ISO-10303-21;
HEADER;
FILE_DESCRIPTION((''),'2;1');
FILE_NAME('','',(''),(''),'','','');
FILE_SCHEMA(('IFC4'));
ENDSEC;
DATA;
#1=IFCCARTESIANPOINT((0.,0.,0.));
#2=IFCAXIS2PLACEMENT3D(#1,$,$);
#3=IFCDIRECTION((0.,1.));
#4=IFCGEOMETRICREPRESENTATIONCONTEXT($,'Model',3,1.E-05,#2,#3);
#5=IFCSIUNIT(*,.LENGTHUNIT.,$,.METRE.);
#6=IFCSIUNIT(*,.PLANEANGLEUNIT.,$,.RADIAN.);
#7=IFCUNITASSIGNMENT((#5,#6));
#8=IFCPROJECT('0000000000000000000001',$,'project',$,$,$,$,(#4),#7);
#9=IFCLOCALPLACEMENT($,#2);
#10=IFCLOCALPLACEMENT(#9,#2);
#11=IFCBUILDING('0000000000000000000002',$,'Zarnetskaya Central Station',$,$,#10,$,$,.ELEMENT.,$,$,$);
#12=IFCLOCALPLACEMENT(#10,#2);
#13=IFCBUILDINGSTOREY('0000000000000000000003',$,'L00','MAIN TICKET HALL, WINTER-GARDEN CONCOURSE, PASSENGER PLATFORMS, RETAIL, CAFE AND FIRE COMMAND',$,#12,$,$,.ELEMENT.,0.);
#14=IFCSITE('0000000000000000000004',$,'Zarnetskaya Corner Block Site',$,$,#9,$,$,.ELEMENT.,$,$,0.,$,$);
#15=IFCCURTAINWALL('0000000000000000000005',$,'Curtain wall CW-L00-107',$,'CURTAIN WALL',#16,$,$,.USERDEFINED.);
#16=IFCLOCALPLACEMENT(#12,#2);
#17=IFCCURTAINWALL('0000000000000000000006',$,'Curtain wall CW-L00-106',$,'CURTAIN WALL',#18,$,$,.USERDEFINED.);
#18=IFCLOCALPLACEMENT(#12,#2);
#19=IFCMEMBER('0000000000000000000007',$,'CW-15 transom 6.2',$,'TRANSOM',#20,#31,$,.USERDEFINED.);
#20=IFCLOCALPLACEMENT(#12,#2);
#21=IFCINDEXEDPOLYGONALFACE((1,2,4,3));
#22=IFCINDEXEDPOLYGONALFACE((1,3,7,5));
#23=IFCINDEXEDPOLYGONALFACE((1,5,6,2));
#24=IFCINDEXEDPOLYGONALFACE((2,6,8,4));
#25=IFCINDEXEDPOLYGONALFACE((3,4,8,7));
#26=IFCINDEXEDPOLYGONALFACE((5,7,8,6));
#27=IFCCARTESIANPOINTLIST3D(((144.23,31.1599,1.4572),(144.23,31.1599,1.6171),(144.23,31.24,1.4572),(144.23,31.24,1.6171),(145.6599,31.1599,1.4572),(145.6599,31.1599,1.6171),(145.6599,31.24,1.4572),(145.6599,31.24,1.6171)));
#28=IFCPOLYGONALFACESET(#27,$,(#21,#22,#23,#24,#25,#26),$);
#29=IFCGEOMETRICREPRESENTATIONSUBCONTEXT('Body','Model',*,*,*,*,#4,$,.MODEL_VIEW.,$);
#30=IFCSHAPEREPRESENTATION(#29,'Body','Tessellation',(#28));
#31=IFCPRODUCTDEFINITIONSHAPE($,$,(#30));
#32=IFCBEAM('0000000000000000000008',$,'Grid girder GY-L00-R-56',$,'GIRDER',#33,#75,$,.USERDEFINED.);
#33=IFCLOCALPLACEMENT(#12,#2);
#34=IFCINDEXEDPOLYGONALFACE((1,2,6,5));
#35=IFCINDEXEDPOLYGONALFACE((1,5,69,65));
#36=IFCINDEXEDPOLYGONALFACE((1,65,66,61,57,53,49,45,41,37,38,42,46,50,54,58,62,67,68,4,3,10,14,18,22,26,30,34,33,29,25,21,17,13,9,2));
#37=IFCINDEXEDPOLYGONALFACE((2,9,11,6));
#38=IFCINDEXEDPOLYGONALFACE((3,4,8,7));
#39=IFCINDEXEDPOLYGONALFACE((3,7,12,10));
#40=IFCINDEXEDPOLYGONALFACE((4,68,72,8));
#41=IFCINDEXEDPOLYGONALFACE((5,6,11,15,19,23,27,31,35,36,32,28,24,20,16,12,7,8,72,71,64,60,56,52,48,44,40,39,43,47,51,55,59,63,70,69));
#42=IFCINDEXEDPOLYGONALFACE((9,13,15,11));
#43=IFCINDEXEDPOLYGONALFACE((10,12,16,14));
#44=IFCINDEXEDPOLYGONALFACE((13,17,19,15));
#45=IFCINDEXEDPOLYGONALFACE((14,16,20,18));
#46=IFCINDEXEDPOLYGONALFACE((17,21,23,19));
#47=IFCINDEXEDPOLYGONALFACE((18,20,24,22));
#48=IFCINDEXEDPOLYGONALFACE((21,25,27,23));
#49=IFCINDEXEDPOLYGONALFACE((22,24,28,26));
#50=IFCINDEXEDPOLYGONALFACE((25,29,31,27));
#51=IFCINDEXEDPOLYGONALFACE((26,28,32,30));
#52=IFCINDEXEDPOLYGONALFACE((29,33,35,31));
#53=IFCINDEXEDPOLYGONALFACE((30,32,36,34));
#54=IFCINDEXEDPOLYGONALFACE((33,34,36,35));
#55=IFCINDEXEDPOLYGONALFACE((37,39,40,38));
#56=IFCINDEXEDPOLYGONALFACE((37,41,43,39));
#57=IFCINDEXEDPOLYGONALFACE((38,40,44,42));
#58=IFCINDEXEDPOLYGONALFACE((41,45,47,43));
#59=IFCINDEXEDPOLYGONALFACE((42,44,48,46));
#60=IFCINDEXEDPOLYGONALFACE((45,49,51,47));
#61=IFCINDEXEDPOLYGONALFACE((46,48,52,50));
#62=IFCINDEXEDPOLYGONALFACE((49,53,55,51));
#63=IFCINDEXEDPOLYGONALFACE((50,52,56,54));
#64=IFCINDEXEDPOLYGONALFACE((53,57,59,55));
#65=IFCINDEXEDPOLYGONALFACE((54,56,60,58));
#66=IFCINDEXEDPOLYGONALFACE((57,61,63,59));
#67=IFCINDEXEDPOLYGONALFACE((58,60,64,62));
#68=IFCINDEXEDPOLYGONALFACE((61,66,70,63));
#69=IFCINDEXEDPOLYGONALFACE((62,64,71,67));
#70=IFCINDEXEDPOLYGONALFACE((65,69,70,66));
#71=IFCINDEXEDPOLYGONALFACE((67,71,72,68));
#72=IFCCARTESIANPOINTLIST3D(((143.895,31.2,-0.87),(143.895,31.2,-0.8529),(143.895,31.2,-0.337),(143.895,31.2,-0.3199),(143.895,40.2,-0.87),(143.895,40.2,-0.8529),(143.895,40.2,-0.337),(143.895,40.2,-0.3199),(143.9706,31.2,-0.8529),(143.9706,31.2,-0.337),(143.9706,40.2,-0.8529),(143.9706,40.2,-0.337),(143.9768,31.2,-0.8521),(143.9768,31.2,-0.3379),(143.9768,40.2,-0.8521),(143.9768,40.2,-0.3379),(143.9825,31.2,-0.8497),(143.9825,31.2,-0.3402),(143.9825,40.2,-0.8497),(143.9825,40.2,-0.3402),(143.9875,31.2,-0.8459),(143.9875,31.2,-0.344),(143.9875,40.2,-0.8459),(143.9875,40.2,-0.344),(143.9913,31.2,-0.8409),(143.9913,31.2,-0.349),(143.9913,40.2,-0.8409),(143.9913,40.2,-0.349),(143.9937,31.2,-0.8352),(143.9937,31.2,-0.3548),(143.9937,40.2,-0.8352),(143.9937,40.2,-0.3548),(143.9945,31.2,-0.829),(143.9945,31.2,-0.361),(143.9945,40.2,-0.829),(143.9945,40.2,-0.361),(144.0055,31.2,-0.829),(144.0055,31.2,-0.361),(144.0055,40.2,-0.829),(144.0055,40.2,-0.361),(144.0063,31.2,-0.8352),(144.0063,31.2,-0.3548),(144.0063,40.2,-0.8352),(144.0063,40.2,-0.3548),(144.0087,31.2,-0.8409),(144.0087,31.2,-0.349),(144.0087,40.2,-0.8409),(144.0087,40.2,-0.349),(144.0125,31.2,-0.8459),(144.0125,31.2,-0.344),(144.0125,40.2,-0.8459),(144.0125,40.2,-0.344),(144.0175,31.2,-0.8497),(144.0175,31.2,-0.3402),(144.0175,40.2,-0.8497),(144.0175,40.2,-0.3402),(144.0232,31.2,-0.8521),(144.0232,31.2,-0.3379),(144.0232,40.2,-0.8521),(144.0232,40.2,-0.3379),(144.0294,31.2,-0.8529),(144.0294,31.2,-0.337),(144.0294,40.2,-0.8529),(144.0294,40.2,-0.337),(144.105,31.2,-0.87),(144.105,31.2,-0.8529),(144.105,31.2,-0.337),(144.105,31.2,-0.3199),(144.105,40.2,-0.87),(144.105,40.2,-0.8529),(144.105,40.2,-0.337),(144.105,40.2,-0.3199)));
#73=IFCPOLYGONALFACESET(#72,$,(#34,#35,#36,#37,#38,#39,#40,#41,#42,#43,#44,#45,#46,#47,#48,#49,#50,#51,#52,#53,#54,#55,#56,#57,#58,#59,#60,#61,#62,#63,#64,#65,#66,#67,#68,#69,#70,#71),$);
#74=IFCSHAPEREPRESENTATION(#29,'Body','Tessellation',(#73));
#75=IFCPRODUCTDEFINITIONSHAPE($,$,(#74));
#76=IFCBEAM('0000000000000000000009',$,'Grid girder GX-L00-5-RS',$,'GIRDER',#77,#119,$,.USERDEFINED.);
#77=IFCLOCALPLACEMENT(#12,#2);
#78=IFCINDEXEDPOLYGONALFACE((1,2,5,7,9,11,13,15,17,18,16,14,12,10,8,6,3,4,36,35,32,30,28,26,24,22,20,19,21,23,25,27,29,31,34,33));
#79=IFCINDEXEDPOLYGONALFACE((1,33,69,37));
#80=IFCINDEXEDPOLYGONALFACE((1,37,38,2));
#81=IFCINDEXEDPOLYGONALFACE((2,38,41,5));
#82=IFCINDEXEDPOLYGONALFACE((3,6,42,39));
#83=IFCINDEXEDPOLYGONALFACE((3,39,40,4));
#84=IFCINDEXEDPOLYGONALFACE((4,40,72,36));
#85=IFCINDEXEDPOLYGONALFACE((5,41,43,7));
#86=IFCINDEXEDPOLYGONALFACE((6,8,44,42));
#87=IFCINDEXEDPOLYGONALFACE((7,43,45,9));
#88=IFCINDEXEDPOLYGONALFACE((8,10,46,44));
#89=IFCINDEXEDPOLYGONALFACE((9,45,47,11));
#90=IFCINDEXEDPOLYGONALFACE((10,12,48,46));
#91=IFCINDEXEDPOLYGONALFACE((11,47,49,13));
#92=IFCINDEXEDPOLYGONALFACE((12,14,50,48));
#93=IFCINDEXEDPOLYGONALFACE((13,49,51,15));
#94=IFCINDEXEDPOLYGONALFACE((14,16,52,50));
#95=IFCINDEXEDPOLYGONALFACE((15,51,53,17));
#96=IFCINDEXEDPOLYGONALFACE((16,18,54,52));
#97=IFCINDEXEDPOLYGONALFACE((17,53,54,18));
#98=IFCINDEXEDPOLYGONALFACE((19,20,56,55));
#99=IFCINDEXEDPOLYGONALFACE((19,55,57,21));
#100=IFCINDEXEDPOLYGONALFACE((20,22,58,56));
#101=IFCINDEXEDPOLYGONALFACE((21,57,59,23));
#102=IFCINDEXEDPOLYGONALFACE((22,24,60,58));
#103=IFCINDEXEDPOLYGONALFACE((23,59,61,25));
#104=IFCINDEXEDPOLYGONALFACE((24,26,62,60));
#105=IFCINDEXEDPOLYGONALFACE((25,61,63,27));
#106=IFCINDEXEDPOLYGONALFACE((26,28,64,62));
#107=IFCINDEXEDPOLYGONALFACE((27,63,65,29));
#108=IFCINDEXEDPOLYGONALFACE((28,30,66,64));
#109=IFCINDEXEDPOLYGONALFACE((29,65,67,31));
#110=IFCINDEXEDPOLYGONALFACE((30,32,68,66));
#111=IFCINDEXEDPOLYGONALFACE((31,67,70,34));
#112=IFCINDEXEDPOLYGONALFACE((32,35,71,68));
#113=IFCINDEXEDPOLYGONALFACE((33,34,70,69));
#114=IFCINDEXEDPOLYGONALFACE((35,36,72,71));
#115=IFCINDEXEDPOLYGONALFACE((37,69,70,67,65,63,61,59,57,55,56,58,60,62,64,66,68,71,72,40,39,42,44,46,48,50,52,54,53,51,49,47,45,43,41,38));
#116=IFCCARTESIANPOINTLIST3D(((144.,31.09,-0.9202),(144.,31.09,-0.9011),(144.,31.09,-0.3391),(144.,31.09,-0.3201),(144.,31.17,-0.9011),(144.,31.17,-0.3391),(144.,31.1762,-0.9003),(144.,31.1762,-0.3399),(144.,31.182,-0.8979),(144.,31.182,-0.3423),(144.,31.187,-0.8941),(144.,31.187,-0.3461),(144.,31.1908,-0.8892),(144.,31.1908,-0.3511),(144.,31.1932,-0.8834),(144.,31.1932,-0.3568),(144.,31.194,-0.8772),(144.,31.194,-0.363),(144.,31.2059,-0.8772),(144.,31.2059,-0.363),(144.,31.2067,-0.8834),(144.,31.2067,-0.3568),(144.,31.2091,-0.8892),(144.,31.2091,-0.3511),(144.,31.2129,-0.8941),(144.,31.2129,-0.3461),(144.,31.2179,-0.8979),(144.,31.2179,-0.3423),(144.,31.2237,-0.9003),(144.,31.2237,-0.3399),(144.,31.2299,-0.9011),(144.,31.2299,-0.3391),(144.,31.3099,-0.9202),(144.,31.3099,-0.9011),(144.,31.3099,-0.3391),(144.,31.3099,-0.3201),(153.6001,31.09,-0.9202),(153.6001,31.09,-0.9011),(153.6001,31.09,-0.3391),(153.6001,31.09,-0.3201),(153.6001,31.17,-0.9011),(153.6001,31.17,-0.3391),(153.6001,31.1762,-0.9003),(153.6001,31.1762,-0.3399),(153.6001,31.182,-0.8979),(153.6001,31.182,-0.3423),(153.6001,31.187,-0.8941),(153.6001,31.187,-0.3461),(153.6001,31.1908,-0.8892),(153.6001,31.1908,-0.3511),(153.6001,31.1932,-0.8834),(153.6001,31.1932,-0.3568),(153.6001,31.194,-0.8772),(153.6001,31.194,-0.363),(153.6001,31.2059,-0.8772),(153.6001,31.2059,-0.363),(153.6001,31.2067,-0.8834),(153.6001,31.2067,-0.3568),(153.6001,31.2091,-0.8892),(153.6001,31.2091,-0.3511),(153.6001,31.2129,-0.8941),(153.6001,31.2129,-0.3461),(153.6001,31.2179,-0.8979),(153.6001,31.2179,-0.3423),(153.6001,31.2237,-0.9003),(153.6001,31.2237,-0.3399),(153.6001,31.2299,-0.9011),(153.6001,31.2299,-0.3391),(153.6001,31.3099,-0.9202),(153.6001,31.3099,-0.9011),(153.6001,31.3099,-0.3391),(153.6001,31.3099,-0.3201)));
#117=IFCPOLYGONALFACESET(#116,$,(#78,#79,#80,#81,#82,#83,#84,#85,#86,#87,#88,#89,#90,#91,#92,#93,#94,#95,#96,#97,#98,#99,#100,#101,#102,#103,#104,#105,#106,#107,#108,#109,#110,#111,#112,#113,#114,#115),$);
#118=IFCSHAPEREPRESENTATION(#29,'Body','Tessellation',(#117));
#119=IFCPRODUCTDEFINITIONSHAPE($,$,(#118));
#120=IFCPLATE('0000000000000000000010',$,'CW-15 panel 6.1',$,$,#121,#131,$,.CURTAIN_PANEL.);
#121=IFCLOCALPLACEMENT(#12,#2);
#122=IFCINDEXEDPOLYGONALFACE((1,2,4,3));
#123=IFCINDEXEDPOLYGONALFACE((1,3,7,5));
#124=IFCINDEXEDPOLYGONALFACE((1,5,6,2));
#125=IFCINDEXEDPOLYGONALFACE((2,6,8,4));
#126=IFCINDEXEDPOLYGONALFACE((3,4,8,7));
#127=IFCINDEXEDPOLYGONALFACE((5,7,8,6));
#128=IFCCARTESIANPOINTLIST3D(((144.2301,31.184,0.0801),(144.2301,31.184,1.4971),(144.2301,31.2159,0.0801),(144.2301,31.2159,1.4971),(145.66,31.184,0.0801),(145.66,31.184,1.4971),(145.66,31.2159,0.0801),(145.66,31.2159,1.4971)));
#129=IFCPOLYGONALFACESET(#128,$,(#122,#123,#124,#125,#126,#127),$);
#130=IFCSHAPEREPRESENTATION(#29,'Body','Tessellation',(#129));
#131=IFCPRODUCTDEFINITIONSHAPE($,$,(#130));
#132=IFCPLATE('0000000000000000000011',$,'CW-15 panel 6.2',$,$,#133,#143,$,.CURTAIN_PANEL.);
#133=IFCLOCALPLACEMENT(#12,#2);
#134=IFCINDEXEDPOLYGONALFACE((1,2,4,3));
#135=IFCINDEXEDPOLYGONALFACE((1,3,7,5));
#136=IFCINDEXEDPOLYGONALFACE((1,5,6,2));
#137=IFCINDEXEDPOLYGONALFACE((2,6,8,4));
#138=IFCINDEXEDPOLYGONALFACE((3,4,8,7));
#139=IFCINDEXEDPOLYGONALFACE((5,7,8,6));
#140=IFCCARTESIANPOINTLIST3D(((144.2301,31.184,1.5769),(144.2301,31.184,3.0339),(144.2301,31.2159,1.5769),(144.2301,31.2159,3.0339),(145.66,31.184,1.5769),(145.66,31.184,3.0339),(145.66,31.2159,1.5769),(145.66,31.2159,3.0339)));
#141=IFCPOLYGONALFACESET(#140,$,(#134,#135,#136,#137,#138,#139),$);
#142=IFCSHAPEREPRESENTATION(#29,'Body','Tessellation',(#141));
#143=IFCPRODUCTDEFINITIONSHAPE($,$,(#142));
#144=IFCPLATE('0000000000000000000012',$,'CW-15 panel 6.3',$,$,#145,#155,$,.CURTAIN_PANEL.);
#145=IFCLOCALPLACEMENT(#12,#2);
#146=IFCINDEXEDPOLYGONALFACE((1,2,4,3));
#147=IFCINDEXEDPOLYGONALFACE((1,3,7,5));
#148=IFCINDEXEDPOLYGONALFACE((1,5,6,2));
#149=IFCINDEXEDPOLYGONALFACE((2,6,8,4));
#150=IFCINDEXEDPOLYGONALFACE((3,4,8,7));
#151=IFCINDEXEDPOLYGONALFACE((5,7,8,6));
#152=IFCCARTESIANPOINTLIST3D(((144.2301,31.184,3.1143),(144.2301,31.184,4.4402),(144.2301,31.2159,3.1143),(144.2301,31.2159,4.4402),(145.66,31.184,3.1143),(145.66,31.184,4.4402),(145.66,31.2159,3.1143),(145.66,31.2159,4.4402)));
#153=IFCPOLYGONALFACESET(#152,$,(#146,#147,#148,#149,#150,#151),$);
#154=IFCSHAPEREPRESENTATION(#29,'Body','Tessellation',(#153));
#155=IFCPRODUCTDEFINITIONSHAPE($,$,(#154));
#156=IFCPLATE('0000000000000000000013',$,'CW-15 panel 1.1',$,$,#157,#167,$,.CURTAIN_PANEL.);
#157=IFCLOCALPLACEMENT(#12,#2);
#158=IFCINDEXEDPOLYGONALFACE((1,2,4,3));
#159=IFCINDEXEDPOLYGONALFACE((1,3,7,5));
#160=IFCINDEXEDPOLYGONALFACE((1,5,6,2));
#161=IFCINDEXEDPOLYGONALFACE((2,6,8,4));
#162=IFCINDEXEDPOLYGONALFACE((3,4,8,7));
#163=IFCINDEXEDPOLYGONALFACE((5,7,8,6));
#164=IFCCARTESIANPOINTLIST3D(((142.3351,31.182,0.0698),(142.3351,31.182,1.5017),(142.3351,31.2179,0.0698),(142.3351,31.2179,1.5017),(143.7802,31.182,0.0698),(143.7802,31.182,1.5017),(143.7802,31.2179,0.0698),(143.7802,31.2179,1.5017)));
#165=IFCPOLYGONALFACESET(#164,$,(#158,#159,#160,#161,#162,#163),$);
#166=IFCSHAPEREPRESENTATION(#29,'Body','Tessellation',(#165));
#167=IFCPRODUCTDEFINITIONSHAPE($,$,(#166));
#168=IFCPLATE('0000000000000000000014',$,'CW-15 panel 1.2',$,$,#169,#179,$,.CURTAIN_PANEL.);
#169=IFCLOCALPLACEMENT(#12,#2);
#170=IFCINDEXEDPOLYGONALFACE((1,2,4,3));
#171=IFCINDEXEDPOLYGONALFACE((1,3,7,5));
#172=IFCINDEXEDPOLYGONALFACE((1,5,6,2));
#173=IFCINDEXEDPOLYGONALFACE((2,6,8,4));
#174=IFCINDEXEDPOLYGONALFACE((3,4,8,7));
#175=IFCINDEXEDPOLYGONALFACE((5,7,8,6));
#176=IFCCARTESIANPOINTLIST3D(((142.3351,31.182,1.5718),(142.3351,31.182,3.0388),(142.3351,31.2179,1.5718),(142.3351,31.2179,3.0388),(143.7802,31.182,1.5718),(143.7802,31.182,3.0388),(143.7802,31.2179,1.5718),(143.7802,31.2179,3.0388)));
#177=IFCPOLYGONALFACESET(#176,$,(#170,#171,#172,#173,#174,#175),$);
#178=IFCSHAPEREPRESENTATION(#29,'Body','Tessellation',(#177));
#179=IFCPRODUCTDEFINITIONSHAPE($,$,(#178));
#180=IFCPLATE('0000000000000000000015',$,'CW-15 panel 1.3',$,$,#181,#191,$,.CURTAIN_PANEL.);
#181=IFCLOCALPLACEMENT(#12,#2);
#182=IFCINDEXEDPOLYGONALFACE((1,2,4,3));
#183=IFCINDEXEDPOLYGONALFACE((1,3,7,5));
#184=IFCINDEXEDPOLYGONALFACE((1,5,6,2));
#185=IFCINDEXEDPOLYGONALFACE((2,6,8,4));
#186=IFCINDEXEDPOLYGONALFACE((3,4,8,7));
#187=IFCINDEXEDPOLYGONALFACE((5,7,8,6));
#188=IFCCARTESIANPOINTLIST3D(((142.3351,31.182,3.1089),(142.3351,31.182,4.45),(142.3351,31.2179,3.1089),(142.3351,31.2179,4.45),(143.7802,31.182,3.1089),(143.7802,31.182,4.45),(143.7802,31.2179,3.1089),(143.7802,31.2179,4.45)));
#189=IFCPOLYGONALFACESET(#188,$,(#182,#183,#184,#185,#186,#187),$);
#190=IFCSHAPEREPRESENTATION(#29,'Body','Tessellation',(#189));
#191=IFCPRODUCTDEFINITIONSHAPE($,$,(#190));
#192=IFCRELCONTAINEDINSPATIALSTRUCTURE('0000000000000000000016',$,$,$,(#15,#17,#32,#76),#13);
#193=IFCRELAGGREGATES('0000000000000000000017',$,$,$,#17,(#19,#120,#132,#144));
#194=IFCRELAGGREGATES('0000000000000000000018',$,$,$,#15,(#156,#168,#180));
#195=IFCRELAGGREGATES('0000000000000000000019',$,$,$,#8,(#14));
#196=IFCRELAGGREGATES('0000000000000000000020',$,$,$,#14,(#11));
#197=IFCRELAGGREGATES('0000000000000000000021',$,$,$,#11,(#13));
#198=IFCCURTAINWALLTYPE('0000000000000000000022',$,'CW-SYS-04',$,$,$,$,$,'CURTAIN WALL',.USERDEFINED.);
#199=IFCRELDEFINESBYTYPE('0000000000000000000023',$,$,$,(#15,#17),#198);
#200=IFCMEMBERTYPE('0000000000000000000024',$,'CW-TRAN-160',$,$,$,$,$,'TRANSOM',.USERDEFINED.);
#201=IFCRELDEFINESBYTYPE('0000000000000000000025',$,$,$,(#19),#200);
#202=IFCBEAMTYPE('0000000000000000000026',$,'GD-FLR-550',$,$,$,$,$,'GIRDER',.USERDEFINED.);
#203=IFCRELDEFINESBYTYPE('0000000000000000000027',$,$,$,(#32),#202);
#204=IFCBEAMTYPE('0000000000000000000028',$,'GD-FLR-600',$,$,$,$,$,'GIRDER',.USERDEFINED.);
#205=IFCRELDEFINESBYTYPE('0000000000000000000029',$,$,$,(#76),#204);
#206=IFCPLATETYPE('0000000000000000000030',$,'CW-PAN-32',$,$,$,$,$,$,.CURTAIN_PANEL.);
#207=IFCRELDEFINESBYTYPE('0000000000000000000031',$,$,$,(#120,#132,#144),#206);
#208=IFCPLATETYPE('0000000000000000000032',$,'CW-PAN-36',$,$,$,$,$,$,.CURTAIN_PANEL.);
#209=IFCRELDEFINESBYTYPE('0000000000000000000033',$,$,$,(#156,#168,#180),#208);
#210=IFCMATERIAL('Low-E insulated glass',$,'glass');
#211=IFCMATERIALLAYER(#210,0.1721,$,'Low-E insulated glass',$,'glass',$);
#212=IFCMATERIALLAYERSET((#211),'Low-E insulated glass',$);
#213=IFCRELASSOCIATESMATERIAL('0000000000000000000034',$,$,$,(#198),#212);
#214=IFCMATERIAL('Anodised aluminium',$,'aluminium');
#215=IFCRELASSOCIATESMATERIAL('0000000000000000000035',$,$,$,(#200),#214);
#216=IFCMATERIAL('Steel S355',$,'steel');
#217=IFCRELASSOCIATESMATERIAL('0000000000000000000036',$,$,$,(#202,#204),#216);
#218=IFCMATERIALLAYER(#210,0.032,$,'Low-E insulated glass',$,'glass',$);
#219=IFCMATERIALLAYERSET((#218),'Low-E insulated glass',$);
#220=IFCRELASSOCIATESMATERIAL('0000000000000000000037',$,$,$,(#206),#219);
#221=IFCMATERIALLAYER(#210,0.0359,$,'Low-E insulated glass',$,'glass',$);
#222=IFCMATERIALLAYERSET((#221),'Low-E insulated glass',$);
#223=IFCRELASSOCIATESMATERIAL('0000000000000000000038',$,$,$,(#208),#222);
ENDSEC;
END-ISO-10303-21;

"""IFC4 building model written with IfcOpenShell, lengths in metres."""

from ifc_helpers import new_model, si_unit, direction, frame, origin, origin_2d, place, context, subcontext, project, spatial, rectangle, i_section, extrude, material, layer, layer_set, material_profile, profile_set, type_object, element, aggregate, save


model = new_model("IFC4")

# Units and contexts
model_context = context("Model", 3, precision=1e-05, world=origin(), true_north=direction((0.0, 1.0)))
body_context = subcontext(model_context, "Body", "Model", "MODEL_VIEW")
ifc_project = project(units=[si_unit("LENGTHUNIT", "METRE"), si_unit("PLANEANGLEUNIT", "RADIAN")], contexts=[model_context])

# Site, building, storey
site_placement = place(None, origin())
site = spatial("IfcSite", under=ifc_project, at=site_placement, Name="Zarnetskaya Corner Block Site", CompositionType="ELEMENT", RefElevation=0.0)
building_placement = place(site_placement, origin())
building = spatial("IfcBuilding", under=site, at=building_placement, Name="Zarnetskaya Central Station", CompositionType="ELEMENT")
storey_placement = place(building_placement, origin())
storey = spatial("IfcBuildingStorey", under=building, at=storey_placement, Name="L00", Description="MAIN TICKET HALL, WINTER-GARDEN CONCOURSE, PASSENGER PLATFORMS, RETAIL, CAFE AND FIRE COMMAND", CompositionType="ELEMENT", Elevation=0.0)

# Shared definitions
ifc_material_1 = material(Name="Steel S355", Category="steel")

# Curtain walls
ifc_material_2 = material(Name="Low-E insulated glass", Category="glass")
ifc_layer_1 = layer(ifc_material_2, 0.1721, Name="Low-E insulated glass", Category="glass")
ifc_layer_set_1 = layer_set([ifc_layer_1], Name="Low-E insulated glass")
curtain_wall_type = type_object("IfcCurtainWallType", Name="CW-SYS-04", ElementType="CURTAIN WALL", PredefinedType="USERDEFINED", material=ifc_layer_set_1)
curtain_wall_1_placement = place(storey_placement, origin())
curtain_wall_1 = element("IfcCurtainWall", 1, at=curtain_wall_1_placement, inside=storey, type_object=curtain_wall_type, Name="Curtain wall CW-L00-107", ObjectType="CURTAIN WALL", PredefinedType="USERDEFINED")
ifc_material_3 = material(Name="Anodised aluminium", Category="aluminium")
curtain_wall_2_placement = place(storey_placement, origin())
curtain_wall_2 = element("IfcCurtainWall", 2, at=curtain_wall_2_placement, inside=storey, type_object=curtain_wall_type, Name="Curtain wall CW-L00-106", ObjectType="CURTAIN WALL", PredefinedType="USERDEFINED")

# Shared definitions
ifc_material_profile_1 = material_profile(ifc_material_3, rectangle(XDim=0.0801, YDim=0.1599, at=origin_2d()), Name="ALU TRAN 80x160")
ifc_profile_set_1 = profile_set([ifc_material_profile_1], Name="Anodised aluminium")
member_type_1 = type_object("IfcMemberType", Name="CW-TRAN-160", ElementType="TRANSOM", PredefinedType="USERDEFINED", material=ifc_profile_set_1)

# Member
member_1_placement = place(storey_placement, frame((145.6599, 31.2, 1.5371), z_axis=(-1.0, 0.0, 0.0), x_axis=(0.0, -1.0, 0.0)))
member_1 = element("IfcMember", 3, at=member_1_placement, type_object=member_type_1, Name="CW-15 transom 6.2", ObjectType="TRANSOM", PredefinedType="USERDEFINED", context=body_context, shape_type="SweptSolid", body=[
    extrude(rectangle(XDim=0.0801, YDim=0.1599, at=origin_2d()), origin(), (0.0, 0.0, 1.0), 1.4299),
])

# Beams
ifc_material_profile_2 = material_profile(ifc_material_1, i_section(OverallWidth=0.21, OverallDepth=0.55, WebThickness=0.011, FlangeThickness=0.0171, FilletRadius=0.0239, at=origin_2d()), Name="IPE 550")
ifc_profile_set_2 = profile_set([ifc_material_profile_2], Name="Steel S355")
beam_type_1 = type_object("IfcBeamType", Name="GD-FLR-550", ElementType="GIRDER", PredefinedType="USERDEFINED", material=ifc_profile_set_2)
beam_1_placement = place(storey_placement, frame((144.0, 31.2, -0.595), z_axis=(0.0, 1.0, 0.0), x_axis=(-1.0, 0.0, 0.0)))
element("IfcBeam", 4, at=beam_1_placement, inside=storey, type_object=beam_type_1, Name="Grid girder GY-L00-R-56", ObjectType="GIRDER", PredefinedType="USERDEFINED", context=body_context, shape_type="SweptSolid", body=[
    extrude(i_section(OverallWidth=0.21, OverallDepth=0.55, WebThickness=0.011, FlangeThickness=0.0171, FilletRadius=0.0239, at=origin_2d()), origin(), (0.0, 0.0, 1.0), 9.0),
])
ifc_material_profile_3 = material_profile(ifc_material_1, i_section(OverallWidth=0.22, OverallDepth=0.6001, WebThickness=0.012, FlangeThickness=0.019, FilletRadius=0.0239, at=origin_2d()), Name="IPE 600")
ifc_profile_set_3 = profile_set([ifc_material_profile_3], Name="Steel S355")
beam_type_2 = type_object("IfcBeamType", Name="GD-FLR-600", ElementType="GIRDER", PredefinedType="USERDEFINED", material=ifc_profile_set_3)
beam_2_placement = place(storey_placement, frame((144.0, 31.2, -0.6201), z_axis=(1.0, 0.0, 0.0), x_axis=(0.0, 1.0, 0.0)))
element("IfcBeam", 5, at=beam_2_placement, inside=storey, type_object=beam_type_2, Name="Grid girder GX-L00-5-RS", ObjectType="GIRDER", PredefinedType="USERDEFINED", context=body_context, shape_type="SweptSolid", body=[
    extrude(i_section(OverallWidth=0.22, OverallDepth=0.6001, WebThickness=0.012, FlangeThickness=0.019, FilletRadius=0.0239, at=origin_2d()), origin(), (0.0, 0.0, 1.0), 9.6001),
])

# Plates
ifc_layer_2 = layer(ifc_material_2, 0.032, Name="Low-E insulated glass", Category="glass")
ifc_layer_set_2 = layer_set([ifc_layer_2], Name="Low-E insulated glass")
plate_type_1 = type_object("IfcPlateType", Name="CW-PAN-32", PredefinedType="CURTAIN_PANEL", material=ifc_layer_set_2)
plate_1_placement = place(storey_placement, frame((144.9451, 31.2, 0.0801), z_axis=(0.0, 0.0, 1.0), x_axis=(-1.0, 0.0, 0.0)))
plate_1 = element("IfcPlate", 6, at=plate_1_placement, type_object=plate_type_1, Name="CW-15 panel 6.1", PredefinedType="CURTAIN_PANEL", context=body_context, shape_type="SweptSolid", body=[
    extrude(rectangle(XDim=1.4299, YDim=0.032, at=origin_2d()), origin(), (0.0, 0.0, 1.0), 1.417),
])
plate_2_placement = place(storey_placement, frame((144.9451, 31.2, 1.5769), z_axis=(0.0, 0.0, 1.0), x_axis=(-1.0, 0.0, 0.0)))
plate_2 = element("IfcPlate", 7, at=plate_2_placement, type_object=plate_type_1, Name="CW-15 panel 6.2", PredefinedType="CURTAIN_PANEL", context=body_context, shape_type="SweptSolid", body=[
    extrude(rectangle(XDim=1.4299, YDim=0.032, at=origin_2d()), origin(), (0.0, 0.0, 1.0), 1.457),
])
plate_3_placement = place(storey_placement, frame((144.9451, 31.2, 3.1143), z_axis=(0.0, 0.0, 1.0), x_axis=(-1.0, 0.0, 0.0)))
plate_3 = element("IfcPlate", 8, at=plate_3_placement, type_object=plate_type_1, Name="CW-15 panel 6.3", PredefinedType="CURTAIN_PANEL", context=body_context, shape_type="SweptSolid", body=[
    extrude(rectangle(XDim=1.4299, YDim=0.032, at=origin_2d()), origin(), (0.0, 0.0, 1.0), 1.3259),
])
aggregate(curtain_wall_2, [member_1, plate_1, plate_2, plate_3])
ifc_layer_3 = layer(ifc_material_2, 0.0359, Name="Low-E insulated glass", Category="glass")
ifc_layer_set_3 = layer_set([ifc_layer_3], Name="Low-E insulated glass")
plate_type_2 = type_object("IfcPlateType", Name="CW-PAN-36", PredefinedType="CURTAIN_PANEL", material=ifc_layer_set_3)
plate_4_placement = place(storey_placement, frame((143.0576, 31.2, 0.0698), z_axis=(0.0, 0.0, 1.0), x_axis=(-1.0, 0.0, 0.0)))
plate_4 = element("IfcPlate", 9, at=plate_4_placement, type_object=plate_type_2, Name="CW-15 panel 1.1", PredefinedType="CURTAIN_PANEL", context=body_context, shape_type="SweptSolid", body=[
    extrude(rectangle(XDim=1.4451, YDim=0.0359, at=origin_2d()), origin(), (0.0, 0.0, 1.0), 1.4319),
])
plate_5_placement = place(storey_placement, frame((143.0576, 31.2, 1.5718), z_axis=(0.0, 0.0, 1.0), x_axis=(-1.0, 0.0, 0.0)))
plate_5 = element("IfcPlate", 10, at=plate_5_placement, type_object=plate_type_2, Name="CW-15 panel 1.2", PredefinedType="CURTAIN_PANEL", context=body_context, shape_type="SweptSolid", body=[
    extrude(rectangle(XDim=1.4451, YDim=0.0359, at=origin_2d()), origin(), (0.0, 0.0, 1.0), 1.467),
])
plate_6_placement = place(storey_placement, frame((143.0576, 31.2, 3.1089), z_axis=(0.0, 0.0, 1.0), x_axis=(-1.0, 0.0, 0.0)))
plate_6 = element("IfcPlate", 11, at=plate_6_placement, type_object=plate_type_2, Name="CW-15 panel 1.3", PredefinedType="CURTAIN_PANEL", context=body_context, shape_type="SweptSolid", body=[
    extrude(rectangle(XDim=1.4451, YDim=0.0359, at=origin_2d()), origin(), (0.0, 0.0, 1.0), 1.3411),
])
aggregate(curtain_wall_1, [plate_4, plate_5, plate_6])

save(model, "model.ifc")
